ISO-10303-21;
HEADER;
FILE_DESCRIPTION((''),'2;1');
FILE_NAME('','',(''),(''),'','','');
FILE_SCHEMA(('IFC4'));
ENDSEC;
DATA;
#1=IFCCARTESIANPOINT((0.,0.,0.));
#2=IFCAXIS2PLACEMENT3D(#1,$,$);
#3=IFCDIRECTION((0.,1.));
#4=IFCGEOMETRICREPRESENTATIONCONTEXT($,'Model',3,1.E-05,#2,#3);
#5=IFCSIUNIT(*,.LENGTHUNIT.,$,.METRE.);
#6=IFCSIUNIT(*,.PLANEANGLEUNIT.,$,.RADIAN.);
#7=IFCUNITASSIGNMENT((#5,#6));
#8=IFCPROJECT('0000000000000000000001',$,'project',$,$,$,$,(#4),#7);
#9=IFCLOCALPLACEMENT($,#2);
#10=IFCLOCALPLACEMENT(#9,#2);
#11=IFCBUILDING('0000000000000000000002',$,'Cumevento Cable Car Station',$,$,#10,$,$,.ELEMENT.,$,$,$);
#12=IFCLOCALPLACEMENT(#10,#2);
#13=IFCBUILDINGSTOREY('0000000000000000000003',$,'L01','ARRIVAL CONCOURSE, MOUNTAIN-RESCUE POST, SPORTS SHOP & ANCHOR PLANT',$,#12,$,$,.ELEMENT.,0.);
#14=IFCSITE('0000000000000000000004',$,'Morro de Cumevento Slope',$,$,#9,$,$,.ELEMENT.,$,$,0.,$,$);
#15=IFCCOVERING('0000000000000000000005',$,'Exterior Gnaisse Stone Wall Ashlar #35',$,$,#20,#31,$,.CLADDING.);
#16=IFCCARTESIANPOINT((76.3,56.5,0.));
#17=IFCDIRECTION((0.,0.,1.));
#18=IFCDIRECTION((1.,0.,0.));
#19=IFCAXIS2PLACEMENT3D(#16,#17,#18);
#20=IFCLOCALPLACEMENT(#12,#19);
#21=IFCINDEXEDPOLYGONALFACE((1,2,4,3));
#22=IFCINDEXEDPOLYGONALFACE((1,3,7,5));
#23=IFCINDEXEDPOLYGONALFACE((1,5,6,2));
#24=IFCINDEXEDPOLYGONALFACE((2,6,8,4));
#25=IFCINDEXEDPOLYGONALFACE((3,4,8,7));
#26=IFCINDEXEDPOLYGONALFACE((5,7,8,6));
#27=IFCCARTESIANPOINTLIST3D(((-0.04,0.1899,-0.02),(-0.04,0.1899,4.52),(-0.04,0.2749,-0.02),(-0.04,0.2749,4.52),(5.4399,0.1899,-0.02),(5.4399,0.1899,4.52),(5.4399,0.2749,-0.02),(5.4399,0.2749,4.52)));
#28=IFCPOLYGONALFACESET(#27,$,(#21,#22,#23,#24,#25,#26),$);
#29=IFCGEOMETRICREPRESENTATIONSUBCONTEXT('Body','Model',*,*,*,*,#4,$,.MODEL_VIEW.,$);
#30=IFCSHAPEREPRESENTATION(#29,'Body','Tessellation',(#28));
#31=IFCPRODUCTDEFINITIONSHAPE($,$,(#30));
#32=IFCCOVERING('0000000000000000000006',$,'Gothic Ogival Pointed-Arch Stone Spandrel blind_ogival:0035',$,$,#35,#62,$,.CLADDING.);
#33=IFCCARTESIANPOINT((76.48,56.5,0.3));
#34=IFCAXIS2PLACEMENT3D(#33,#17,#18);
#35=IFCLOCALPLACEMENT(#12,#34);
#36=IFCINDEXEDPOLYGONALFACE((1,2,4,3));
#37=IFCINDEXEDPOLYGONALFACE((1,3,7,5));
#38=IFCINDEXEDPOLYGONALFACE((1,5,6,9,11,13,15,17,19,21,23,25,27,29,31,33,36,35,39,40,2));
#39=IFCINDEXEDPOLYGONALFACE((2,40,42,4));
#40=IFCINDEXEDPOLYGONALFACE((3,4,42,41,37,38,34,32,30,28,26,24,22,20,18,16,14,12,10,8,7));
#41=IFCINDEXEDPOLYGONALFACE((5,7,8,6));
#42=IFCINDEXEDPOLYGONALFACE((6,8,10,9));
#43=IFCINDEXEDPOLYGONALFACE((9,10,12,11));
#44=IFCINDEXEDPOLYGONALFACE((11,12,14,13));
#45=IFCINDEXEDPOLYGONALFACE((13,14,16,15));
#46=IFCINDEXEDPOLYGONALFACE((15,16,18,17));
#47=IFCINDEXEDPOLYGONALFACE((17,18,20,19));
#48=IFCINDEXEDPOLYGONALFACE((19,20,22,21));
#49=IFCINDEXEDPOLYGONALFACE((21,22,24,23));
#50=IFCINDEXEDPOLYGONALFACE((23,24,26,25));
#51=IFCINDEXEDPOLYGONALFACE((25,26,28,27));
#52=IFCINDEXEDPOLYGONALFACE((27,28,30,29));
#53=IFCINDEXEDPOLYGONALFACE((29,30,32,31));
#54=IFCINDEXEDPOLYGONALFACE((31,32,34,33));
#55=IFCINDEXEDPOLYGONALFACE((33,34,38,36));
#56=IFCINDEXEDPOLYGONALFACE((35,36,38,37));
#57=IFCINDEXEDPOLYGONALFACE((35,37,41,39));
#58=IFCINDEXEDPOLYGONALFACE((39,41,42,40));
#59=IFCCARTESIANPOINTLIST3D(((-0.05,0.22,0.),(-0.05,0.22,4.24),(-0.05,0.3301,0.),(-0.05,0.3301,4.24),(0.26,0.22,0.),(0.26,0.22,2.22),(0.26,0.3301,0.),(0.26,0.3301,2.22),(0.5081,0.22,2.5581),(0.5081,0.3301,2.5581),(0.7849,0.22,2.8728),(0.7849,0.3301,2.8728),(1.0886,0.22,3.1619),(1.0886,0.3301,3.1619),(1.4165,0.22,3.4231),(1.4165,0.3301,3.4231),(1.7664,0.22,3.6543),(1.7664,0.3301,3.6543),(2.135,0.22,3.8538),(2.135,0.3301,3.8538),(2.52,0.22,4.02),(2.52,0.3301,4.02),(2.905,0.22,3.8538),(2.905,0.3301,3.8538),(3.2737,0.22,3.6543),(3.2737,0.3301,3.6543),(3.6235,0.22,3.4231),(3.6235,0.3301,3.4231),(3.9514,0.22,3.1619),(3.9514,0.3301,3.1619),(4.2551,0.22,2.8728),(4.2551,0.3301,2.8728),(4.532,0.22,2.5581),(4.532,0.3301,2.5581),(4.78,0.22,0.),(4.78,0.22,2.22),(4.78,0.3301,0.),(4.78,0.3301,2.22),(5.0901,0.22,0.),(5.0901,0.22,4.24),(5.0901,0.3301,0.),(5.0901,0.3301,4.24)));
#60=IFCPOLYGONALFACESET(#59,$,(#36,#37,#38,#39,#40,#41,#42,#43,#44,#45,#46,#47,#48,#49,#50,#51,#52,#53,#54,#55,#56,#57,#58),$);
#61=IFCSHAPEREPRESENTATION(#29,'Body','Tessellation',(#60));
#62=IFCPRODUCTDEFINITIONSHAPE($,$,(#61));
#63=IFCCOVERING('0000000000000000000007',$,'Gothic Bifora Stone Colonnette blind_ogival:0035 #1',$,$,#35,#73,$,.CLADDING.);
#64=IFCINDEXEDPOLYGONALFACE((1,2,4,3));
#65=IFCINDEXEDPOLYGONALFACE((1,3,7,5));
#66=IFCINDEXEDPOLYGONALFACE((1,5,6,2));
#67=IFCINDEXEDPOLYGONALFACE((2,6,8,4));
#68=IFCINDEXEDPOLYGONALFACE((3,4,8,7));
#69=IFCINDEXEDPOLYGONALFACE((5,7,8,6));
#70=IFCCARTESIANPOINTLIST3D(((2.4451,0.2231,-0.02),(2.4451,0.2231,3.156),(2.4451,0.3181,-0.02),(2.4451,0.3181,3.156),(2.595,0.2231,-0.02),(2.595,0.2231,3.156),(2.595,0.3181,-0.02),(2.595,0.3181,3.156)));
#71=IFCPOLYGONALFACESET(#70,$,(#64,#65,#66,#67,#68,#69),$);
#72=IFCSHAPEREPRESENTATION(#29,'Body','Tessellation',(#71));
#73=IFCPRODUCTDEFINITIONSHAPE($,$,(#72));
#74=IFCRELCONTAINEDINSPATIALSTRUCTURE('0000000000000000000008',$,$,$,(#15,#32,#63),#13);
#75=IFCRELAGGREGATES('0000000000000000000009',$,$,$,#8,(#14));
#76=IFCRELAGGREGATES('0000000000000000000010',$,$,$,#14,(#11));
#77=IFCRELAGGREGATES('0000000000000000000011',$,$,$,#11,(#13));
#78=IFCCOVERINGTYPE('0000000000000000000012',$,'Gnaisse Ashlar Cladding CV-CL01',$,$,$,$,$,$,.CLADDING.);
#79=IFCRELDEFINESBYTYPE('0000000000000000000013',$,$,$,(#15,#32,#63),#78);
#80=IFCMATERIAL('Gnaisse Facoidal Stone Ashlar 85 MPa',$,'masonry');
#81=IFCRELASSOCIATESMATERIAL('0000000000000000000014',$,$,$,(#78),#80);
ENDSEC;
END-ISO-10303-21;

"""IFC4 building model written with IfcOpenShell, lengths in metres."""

from ifc_helpers import new_model, si_unit, direction, frame, origin, place, context, subcontext, project, spatial, polyline, outline, extrude, material, type_object, element, save


model = new_model("IFC4")

# Units and contexts
model_context = context("Model", 3, precision=1e-05, world=origin(), true_north=direction((0.0, 1.0)))
body_context = subcontext(model_context, "Body", "Model", "MODEL_VIEW")
ifc_project = project(units=[si_unit("LENGTHUNIT", "METRE"), si_unit("PLANEANGLEUNIT", "RADIAN")], contexts=[model_context])

# Site, building, storey
site_placement = place(None, origin())
site = spatial("IfcSite", under=ifc_project, at=site_placement, Name="Morro de Cumevento Slope", CompositionType="ELEMENT", RefElevation=0.0)
building_placement = place(site_placement, origin())
building = spatial("IfcBuilding", under=site, at=building_placement, Name="Cumevento Cable Car Station", CompositionType="ELEMENT")
storey_placement = place(building_placement, origin())
storey = spatial("IfcBuildingStorey", under=building, at=storey_placement, Name="L01", Description="ARRIVAL CONCOURSE, MOUNTAIN-RESCUE POST, SPORTS SHOP & ANCHOR PLANT", CompositionType="ELEMENT", Elevation=0.0)

# Coverings
ifc_material_1 = material(Name="Gnaisse Facoidal Stone Ashlar 85 MPa", Category="masonry")
covering_type = type_object("IfcCoveringType", Name="Gnaisse Ashlar Cladding CV-CL01", PredefinedType="CLADDING", material=ifc_material_1)
covering_1_placement = place(storey_placement, frame((76.3, 56.5, 0.0), z_axis=(0.0, 0.0, 1.0), x_axis=(1.0, 0.0, 0.0)))
element("IfcCovering", 1, at=covering_1_placement, inside=storey, type_object=covering_type, Name="Exterior Gnaisse Stone Wall Ashlar #35", PredefinedType="CLADDING", context=body_context, shape_type="SweptSolid", body=[
    extrude(outline(polyline([(-0.04, -0.02), (5.4399, -0.02), (5.4399, 4.52), (-0.04, 4.52), (-0.04, -0.02)])), frame((0.0, 0.2749, 0.0), z_axis=(0.0, -1.0, 0.0), x_axis=(1.0, 0.0, 0.0)), (0.0, 0.0, 1.0), 0.085),
])
placement = place(storey_placement, frame((76.48, 56.5, 0.3), z_axis=(0.0, 0.0, 1.0), x_axis=(1.0, 0.0, 0.0)))
element("IfcCovering", 2, at=placement, inside=storey, type_object=covering_type, Name="Gothic Ogival Pointed-Arch Stone Spandrel blind_ogival:0035", PredefinedType="CLADDING", context=body_context, shape_type="SweptSolid", body=[
    extrude(outline(polyline([(-0.05, 0.0), (-0.05, 4.24), (5.0901, 4.24), (5.0901, 0.0), (4.78, 0.0), (4.78, 2.22), (4.532, 2.5581), (4.2551, 2.8728), (3.9514, 3.1619), (3.6235, 3.4231), (3.2737, 3.6543), (2.905, 3.8538), (2.52, 4.02), (2.135, 3.8538), (1.7664, 3.6543), (1.4165, 3.4231), (1.0886, 3.1619), (0.7849, 2.8728), (0.5081, 2.5581), (0.26, 2.22), (0.26, 0.0), (-0.05, 0.0)])), frame((0.0, 0.3301, 0.0), z_axis=(0.0, -1.0, 0.0), x_axis=(1.0, 0.0, 0.0)), (0.0, 0.0, 1.0), 0.1101),
])
element("IfcCovering", 3, at=placement, inside=storey, type_object=covering_type, Name="Gothic Bifora Stone Colonnette blind_ogival:0035 #1", PredefinedType="CLADDING", context=body_context, shape_type="SweptSolid", body=[
    extrude(outline(polyline([(2.4451, -0.02), (2.595, -0.02), (2.595, 3.156), (2.4451, 3.156), (2.4451, -0.02)])), frame((0.0, 0.3181, 0.0), z_axis=(0.0, -1.0, 0.0), x_axis=(1.0, 0.0, 0.0)), (0.0, 0.0, 1.0), 0.095),
])

save(model, "model.ifc")
